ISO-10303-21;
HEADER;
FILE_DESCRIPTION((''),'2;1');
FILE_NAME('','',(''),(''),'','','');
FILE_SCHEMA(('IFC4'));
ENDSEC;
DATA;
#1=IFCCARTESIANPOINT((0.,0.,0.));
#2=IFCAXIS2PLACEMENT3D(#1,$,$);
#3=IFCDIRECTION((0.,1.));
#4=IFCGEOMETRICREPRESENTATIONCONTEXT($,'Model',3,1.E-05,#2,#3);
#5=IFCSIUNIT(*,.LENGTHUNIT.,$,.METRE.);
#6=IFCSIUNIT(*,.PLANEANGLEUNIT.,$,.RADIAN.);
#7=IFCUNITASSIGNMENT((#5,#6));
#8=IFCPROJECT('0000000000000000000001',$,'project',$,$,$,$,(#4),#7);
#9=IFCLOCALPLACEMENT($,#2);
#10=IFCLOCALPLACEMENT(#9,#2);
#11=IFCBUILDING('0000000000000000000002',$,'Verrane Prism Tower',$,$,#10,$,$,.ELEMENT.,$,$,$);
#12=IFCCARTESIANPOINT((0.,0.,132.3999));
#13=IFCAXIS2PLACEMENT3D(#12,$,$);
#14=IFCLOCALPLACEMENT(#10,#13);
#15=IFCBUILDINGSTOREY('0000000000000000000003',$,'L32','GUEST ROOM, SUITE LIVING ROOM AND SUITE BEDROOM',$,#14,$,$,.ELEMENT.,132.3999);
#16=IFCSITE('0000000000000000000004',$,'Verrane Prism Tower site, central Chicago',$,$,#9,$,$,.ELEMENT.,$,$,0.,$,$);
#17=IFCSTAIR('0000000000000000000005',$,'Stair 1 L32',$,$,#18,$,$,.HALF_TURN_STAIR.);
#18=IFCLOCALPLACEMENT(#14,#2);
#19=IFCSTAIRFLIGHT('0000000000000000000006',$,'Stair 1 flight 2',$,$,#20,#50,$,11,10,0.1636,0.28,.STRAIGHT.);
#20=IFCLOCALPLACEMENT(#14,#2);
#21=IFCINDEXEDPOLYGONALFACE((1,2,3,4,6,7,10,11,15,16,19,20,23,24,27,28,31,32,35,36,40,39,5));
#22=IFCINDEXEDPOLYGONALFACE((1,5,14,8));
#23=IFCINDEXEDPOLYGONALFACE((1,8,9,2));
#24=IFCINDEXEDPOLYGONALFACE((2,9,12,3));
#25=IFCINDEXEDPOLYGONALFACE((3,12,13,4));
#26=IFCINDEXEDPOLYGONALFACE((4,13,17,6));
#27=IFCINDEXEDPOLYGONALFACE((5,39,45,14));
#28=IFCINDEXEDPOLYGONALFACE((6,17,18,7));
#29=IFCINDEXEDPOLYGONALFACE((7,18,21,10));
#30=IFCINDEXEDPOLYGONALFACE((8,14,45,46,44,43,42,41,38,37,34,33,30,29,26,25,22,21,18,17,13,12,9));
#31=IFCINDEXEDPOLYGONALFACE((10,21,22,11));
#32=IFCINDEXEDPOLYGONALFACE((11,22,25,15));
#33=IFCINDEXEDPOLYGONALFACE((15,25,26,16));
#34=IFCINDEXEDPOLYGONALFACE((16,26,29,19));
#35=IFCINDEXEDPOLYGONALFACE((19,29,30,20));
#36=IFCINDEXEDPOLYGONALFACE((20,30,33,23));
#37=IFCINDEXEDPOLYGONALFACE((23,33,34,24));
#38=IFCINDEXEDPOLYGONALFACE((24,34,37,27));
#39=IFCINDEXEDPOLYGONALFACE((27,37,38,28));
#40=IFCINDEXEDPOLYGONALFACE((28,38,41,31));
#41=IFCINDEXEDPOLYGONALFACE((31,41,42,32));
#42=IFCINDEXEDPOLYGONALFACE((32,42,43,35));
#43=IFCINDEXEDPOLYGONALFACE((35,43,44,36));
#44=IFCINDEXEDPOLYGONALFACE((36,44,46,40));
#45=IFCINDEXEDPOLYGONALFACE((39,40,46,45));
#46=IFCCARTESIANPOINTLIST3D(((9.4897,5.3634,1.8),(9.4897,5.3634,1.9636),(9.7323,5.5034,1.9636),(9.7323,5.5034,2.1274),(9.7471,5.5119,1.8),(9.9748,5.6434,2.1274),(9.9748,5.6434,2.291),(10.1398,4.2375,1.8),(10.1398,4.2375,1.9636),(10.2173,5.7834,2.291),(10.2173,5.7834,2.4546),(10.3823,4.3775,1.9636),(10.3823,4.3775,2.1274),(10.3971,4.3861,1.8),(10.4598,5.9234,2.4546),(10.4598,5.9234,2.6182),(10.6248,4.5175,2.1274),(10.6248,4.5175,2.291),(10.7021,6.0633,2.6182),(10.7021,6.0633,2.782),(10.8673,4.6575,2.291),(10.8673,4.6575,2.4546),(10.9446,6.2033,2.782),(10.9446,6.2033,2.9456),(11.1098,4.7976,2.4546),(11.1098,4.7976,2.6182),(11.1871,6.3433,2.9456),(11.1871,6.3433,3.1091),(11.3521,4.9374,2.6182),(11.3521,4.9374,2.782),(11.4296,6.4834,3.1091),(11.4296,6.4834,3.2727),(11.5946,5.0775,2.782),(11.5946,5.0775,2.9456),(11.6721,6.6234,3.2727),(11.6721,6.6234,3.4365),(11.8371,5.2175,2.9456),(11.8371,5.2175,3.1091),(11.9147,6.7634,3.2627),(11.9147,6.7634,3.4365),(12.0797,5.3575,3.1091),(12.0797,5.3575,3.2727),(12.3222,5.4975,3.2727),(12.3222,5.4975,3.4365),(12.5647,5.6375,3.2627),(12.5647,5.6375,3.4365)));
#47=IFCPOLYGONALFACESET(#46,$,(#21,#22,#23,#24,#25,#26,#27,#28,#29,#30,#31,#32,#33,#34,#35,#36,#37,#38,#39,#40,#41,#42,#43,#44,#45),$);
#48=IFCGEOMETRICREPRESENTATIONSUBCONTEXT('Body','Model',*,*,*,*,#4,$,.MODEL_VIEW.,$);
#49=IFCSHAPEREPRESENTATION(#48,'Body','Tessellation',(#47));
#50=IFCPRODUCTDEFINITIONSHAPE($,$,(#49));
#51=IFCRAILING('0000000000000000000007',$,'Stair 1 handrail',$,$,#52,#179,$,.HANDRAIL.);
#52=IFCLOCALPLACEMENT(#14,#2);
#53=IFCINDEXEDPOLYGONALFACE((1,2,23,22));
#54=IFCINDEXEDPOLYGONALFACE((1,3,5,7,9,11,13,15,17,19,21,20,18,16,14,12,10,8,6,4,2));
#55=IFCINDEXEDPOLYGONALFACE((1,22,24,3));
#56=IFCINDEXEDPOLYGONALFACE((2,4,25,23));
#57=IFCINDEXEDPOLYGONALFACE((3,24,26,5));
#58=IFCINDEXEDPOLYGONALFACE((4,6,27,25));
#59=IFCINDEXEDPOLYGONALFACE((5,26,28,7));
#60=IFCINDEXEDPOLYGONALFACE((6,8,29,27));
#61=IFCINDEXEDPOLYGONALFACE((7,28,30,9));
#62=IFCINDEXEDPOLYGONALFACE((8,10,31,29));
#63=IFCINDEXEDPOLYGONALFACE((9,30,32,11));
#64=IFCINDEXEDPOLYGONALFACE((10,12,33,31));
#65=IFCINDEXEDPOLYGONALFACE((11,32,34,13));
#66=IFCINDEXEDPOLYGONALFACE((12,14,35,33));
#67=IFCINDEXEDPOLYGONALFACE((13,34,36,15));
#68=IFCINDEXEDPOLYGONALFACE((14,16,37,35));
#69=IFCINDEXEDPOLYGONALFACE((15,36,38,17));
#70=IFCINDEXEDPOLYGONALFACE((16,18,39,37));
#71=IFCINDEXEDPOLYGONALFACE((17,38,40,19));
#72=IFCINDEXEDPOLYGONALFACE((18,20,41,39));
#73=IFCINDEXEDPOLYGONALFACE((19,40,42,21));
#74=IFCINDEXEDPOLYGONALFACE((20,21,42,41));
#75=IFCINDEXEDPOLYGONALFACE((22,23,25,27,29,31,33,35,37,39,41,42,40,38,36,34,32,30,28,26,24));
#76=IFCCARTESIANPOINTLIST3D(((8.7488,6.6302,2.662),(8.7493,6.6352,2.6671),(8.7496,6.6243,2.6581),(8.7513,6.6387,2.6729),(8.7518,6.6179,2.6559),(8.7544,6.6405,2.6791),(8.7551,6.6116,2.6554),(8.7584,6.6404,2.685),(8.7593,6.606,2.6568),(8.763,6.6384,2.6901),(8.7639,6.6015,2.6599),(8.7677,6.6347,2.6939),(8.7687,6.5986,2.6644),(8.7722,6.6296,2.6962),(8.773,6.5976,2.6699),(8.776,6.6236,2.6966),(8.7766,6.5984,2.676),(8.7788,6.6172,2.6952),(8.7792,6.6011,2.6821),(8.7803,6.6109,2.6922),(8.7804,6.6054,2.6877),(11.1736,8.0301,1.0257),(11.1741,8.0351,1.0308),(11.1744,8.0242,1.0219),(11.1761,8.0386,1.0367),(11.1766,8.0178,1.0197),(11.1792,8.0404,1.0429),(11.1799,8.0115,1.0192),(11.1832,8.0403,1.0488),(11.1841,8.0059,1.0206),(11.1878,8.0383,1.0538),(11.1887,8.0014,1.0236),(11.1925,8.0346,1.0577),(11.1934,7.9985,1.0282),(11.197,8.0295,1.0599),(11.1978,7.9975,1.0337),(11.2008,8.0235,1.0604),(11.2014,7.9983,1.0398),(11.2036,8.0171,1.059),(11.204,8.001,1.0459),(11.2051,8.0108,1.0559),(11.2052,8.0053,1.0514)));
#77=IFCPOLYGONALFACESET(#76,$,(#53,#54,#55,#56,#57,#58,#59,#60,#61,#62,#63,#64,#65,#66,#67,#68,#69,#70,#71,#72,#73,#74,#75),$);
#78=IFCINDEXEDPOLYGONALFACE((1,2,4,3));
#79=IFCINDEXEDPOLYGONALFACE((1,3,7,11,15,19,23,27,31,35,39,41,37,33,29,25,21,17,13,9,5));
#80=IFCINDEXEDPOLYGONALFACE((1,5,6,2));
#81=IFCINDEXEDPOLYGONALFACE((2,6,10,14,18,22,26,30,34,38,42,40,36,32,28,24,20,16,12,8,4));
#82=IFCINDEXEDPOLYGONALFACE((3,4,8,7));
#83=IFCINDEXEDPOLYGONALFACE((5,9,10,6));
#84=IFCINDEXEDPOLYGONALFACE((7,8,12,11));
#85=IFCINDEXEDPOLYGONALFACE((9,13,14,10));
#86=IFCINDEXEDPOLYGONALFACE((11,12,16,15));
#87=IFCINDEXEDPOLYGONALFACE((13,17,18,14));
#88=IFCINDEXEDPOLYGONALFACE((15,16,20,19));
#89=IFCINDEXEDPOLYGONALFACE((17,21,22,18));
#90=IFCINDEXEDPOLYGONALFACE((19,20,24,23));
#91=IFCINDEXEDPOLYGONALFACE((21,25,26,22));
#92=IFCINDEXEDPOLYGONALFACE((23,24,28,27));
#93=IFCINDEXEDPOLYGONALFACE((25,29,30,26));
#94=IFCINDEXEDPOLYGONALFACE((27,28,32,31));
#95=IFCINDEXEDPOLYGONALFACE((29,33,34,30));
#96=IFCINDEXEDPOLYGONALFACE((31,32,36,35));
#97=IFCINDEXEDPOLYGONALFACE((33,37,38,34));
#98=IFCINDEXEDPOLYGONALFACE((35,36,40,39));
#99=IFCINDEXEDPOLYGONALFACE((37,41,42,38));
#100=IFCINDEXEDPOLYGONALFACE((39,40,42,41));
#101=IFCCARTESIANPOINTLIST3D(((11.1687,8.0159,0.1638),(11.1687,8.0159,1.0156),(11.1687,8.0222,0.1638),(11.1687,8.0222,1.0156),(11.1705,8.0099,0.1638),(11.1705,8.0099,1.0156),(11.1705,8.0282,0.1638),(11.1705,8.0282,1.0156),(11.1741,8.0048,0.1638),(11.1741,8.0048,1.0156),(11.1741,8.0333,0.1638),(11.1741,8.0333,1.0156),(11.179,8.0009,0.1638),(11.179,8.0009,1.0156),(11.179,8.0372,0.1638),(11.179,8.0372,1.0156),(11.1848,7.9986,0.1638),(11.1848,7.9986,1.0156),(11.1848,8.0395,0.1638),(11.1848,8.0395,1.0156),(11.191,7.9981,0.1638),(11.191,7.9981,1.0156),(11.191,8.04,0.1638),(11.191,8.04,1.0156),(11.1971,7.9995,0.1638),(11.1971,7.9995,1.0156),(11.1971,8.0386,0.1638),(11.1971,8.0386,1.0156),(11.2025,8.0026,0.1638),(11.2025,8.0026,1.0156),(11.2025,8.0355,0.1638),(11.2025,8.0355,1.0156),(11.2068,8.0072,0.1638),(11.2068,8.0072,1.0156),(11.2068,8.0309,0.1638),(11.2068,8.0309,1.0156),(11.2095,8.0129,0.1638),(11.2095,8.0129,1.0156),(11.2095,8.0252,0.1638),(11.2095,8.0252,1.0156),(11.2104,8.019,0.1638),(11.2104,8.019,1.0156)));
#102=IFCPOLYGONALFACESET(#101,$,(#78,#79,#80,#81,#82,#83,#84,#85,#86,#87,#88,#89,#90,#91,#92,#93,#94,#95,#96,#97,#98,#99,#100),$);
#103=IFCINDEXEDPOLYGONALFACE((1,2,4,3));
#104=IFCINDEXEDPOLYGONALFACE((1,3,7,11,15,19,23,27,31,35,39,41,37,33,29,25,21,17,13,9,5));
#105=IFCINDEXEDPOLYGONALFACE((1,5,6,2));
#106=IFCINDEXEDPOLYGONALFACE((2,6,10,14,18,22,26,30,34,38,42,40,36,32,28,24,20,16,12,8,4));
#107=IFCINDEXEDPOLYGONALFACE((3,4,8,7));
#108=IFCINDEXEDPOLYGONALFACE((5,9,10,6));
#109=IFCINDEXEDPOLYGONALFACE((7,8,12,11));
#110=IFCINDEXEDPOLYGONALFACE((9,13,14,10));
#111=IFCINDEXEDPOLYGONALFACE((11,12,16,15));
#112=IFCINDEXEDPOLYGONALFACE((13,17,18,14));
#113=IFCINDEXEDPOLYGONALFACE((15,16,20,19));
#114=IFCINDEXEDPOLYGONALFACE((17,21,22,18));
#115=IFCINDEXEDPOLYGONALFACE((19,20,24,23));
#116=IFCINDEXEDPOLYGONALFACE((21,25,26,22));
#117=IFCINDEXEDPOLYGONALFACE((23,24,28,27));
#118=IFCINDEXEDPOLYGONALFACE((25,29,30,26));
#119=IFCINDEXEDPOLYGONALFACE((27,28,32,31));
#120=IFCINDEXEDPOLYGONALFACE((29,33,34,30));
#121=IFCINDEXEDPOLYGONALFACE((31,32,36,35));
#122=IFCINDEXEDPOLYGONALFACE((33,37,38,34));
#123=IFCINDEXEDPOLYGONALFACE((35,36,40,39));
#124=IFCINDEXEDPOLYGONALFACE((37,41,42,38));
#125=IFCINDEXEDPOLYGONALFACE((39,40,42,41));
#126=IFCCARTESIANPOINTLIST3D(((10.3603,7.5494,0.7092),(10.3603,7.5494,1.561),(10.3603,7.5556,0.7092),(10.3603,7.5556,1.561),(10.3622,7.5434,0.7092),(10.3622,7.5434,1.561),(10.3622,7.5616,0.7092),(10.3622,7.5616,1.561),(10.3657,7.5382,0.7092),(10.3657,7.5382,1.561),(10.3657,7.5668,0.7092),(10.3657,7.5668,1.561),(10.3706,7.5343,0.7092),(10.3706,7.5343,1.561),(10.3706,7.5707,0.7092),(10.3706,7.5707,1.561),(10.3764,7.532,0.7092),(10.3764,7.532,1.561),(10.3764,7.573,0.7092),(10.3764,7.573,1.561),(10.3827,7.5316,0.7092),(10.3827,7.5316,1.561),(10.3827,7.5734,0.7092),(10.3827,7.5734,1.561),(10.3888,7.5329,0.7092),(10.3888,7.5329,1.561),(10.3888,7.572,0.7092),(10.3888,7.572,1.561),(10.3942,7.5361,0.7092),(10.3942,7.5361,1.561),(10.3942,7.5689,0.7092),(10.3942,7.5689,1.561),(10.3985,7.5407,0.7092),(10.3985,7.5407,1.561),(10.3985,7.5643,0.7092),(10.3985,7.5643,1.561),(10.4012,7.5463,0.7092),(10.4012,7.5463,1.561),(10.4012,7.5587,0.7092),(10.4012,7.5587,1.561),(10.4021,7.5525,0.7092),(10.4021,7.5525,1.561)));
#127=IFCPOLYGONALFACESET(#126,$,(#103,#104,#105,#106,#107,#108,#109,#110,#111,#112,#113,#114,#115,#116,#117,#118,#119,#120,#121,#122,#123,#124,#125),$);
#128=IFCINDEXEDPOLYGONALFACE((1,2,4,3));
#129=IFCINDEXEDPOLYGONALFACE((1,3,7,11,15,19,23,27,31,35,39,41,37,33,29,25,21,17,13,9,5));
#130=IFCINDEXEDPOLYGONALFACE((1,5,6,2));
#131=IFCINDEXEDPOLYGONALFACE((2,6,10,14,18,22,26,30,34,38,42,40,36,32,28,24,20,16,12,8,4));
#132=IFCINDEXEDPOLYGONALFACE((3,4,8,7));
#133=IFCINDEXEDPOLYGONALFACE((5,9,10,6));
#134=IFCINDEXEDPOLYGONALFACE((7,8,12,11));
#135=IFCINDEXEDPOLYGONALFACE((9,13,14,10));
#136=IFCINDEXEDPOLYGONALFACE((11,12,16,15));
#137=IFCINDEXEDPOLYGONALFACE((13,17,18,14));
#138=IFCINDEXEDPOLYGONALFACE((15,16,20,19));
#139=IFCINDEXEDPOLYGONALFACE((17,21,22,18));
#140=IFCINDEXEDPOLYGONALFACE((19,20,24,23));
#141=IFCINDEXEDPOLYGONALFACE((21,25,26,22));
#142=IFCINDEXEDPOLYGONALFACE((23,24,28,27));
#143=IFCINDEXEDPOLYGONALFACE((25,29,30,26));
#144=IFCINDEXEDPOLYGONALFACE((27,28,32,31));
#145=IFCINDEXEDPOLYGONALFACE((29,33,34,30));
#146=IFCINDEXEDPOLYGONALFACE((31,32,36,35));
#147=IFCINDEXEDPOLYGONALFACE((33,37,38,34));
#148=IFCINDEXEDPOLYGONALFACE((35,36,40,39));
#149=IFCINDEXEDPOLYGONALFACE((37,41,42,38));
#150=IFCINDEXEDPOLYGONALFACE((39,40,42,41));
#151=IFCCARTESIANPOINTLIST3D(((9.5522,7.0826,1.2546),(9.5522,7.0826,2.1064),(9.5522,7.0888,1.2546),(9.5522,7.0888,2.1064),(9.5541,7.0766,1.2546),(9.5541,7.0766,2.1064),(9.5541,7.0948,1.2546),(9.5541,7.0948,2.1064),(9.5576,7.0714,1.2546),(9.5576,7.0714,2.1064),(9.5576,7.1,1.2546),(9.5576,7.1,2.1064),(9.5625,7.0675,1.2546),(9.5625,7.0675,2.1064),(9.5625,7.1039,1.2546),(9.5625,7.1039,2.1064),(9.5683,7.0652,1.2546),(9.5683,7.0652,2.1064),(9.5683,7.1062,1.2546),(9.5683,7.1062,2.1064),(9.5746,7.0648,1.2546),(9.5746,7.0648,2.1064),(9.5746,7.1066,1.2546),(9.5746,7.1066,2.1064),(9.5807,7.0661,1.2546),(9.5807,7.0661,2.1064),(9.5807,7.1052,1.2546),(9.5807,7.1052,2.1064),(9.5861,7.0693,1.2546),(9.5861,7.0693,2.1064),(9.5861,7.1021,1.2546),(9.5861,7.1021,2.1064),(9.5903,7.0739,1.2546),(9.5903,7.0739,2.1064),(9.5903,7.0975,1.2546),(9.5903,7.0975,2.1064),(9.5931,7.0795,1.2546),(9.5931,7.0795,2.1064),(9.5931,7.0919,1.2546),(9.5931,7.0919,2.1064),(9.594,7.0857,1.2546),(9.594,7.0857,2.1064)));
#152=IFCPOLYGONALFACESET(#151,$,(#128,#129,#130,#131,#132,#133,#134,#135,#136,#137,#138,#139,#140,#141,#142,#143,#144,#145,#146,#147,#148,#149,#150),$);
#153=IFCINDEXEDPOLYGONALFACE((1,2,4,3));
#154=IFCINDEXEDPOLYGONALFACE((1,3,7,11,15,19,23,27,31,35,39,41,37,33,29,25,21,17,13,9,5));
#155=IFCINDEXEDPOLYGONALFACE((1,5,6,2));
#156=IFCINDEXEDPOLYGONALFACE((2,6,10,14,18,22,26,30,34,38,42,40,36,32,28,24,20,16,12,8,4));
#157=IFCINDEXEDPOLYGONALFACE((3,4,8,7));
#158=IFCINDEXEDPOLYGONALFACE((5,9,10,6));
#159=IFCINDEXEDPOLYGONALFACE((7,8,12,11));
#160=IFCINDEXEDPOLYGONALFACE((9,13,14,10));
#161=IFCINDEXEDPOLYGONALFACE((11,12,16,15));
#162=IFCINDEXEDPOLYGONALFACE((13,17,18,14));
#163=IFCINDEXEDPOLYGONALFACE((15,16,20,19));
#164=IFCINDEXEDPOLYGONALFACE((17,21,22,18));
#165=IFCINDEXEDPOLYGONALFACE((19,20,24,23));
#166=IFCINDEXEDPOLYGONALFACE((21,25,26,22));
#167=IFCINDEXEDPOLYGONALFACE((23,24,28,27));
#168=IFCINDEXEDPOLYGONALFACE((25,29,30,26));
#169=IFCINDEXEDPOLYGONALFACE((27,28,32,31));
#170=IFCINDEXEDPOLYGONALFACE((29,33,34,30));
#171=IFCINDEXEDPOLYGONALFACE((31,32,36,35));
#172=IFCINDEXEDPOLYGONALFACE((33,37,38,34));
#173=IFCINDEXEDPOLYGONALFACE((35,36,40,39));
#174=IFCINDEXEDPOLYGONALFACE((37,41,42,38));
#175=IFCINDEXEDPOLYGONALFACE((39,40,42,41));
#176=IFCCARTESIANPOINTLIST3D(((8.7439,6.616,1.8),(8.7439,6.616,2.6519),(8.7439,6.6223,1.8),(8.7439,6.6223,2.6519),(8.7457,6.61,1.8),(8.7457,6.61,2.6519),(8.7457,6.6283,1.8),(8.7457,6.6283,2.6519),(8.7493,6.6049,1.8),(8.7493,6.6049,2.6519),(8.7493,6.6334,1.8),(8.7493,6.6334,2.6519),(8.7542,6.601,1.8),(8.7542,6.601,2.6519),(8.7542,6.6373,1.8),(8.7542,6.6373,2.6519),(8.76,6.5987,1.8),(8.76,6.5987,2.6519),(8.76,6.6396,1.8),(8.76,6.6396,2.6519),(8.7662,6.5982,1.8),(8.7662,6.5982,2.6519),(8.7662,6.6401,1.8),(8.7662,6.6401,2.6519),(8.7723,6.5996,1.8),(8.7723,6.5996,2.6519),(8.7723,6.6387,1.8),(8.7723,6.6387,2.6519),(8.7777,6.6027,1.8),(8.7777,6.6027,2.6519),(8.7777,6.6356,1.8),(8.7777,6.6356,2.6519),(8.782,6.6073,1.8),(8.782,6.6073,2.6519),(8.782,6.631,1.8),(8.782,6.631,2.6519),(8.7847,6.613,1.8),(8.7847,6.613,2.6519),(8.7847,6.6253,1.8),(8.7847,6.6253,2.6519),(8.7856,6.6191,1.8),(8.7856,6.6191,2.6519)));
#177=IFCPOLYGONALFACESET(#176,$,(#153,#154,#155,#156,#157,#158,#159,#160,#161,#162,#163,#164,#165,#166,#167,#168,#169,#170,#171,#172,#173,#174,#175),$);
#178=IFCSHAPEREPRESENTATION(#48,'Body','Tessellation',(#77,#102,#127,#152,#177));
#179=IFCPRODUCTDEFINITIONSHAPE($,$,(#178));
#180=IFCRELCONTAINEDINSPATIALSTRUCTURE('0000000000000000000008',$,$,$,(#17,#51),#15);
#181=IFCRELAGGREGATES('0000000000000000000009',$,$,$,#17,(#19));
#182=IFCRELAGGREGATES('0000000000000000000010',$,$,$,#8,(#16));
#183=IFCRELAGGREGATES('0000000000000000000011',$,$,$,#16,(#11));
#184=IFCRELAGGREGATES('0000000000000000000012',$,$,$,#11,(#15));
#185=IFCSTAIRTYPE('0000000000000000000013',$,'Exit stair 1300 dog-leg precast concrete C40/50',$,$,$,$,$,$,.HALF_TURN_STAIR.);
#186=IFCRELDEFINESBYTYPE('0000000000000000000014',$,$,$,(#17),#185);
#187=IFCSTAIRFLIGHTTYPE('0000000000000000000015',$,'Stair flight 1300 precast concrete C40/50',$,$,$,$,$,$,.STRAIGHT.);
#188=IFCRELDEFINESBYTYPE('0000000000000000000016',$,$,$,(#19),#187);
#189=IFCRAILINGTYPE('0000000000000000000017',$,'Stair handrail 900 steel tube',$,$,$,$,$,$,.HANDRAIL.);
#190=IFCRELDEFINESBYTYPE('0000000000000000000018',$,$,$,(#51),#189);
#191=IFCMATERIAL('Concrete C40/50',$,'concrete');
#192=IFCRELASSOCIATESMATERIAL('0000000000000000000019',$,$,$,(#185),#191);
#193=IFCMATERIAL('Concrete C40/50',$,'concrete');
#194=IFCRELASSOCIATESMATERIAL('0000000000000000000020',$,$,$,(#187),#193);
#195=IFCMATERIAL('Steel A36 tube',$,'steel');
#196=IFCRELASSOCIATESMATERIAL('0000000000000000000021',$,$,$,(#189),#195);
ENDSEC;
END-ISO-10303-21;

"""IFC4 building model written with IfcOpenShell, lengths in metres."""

from ifc_helpers import new_model, si_unit, direction, frame, origin, origin_2d, place, context, subcontext, project, spatial, polyline, circle, outline, extrude, material, type_object, element, aggregate, save


model = new_model("IFC4")

# Units and contexts
model_context = context("Model", 3, precision=1e-05, world=origin(), true_north=direction((0.0, 1.0)))
body_context = subcontext(model_context, "Body", "Model", "MODEL_VIEW")
ifc_project = project(units=[si_unit("LENGTHUNIT", "METRE"), si_unit("PLANEANGLEUNIT", "RADIAN")], contexts=[model_context])

# Site, building, storey
site_placement = place(None, origin())
site = spatial("IfcSite", under=ifc_project, at=site_placement, Name="Verrane Prism Tower site, central Chicago", CompositionType="ELEMENT", RefElevation=0.0)
building_placement = place(site_placement, origin())
building = spatial("IfcBuilding", under=site, at=building_placement, Name="Verrane Prism Tower", CompositionType="ELEMENT")
storey_placement = place(building_placement, frame((0.0, 0.0, 132.3999)))
storey = spatial("IfcBuildingStorey", under=building, at=storey_placement, Name="L32", Description="GUEST ROOM, SUITE LIVING ROOM AND SUITE BEDROOM", CompositionType="ELEMENT", Elevation=132.3999)

# Stair, stair flight
ifc_material_1 = material(Name="Concrete C40/50", Category="concrete")
stair_type = type_object("IfcStairType", Name="Exit stair 1300 dog-leg precast concrete C40/50", PredefinedType="HALF_TURN_STAIR", material=ifc_material_1)
stair_placement = place(storey_placement, origin())
stair = element("IfcStair", 1, at=stair_placement, inside=storey, type_object=stair_type, Name="Stair 1 L32", PredefinedType="HALF_TURN_STAIR")
ifc_material_2 = material(Name="Concrete C40/50", Category="concrete")
stair_flight_type = type_object("IfcStairFlightType", Name="Stair flight 1300 precast concrete C40/50", PredefinedType="STRAIGHT", material=ifc_material_2)
stair_flight_1_placement = place(storey_placement, frame((9.8147, 4.8005, 1.8), z_axis=(0.0, 0.0, 1.0), x_axis=(0.866025, 0.5, 0.0)))
stair_flight_1 = element("IfcStairFlight", 2, at=stair_flight_1_placement, type_object=stair_flight_type, Name="Stair 1 flight 2", NumberOfRisers=11, NumberOfTreads=10, PredefinedType="STRAIGHT", RiserHeight=0.1636, TreadLength=0.28, context=body_context, shape_type="SweptSolid", body=[
    extrude(outline(polyline([(0.0, 0.0), (0.0, 0.1636), (0.28, 0.1636), (0.28, 0.3274), (0.5601, 0.3274), (0.5601, 0.491), (0.8401, 0.491), (0.8401, 0.6545), (1.1201, 0.6545), (1.1201, 0.8181), (1.3999, 0.8181), (1.3999, 0.9819), (1.6799, 0.9819), (1.6799, 1.1455), (1.96, 1.1455), (1.96, 1.3091), (2.24, 1.3091), (2.24, 1.4727), (2.52, 1.4727), (2.52, 1.6365), (2.8, 1.6365), (2.8, 1.8), (2.8, 1.4626), (0.2971, 0.0), (0.0, 0.0)])), frame((0.0, 0.6499, 0.0), z_axis=(0.0, -1.0, 0.0), x_axis=(1.0, 0.0, 0.0)), (0.0, 0.0, 1.0), 1.3),
])
aggregate(stair, [stair_flight_1])

# Railing
ifc_material_3 = material(Name="Steel A36 tube", Category="steel")
railing_type_1 = type_object("IfcRailingType", Name="Stair handrail 900 steel tube", PredefinedType="HANDRAIL", material=ifc_material_3)
railing_1_placement = place(storey_placement, frame((11.1895, 8.019, 0.1638)))
element("IfcRailing", 3, at=railing_1_placement, inside=storey, type_object=railing_type_1, Name="Stair 1 handrail", PredefinedType="HANDRAIL", context=body_context, shape_type="SweptSolid", body=[
    extrude(circle(Radius=0.0239, at=origin_2d()), frame((0.0, 0.0, 0.876), z_axis=(-0.747718, -0.431677, 0.504552), x_axis=(0.499984, -0.866035, 0.0)), (0.0, 0.0, 1.0), 3.2429),
    extrude(circle(Radius=0.021, at=origin_2d()), origin(), (0.0, 0.0, 1.0), 0.8518),
    extrude(circle(Radius=0.021, at=origin_2d()), frame((-0.8083, -0.4666, 0.5454)), (0.0, 0.0, 1.0), 0.8518),
    extrude(circle(Radius=0.021, at=origin_2d()), frame((-1.6165, -0.9333, 1.0908)), (0.0, 0.0, 1.0), 0.8518),
    extrude(circle(Radius=0.021, at=origin_2d()), frame((-2.4248, -1.3999, 1.6362)), (0.0, 0.0, 1.0), 0.8518),
])

save(model, "model.ifc")
